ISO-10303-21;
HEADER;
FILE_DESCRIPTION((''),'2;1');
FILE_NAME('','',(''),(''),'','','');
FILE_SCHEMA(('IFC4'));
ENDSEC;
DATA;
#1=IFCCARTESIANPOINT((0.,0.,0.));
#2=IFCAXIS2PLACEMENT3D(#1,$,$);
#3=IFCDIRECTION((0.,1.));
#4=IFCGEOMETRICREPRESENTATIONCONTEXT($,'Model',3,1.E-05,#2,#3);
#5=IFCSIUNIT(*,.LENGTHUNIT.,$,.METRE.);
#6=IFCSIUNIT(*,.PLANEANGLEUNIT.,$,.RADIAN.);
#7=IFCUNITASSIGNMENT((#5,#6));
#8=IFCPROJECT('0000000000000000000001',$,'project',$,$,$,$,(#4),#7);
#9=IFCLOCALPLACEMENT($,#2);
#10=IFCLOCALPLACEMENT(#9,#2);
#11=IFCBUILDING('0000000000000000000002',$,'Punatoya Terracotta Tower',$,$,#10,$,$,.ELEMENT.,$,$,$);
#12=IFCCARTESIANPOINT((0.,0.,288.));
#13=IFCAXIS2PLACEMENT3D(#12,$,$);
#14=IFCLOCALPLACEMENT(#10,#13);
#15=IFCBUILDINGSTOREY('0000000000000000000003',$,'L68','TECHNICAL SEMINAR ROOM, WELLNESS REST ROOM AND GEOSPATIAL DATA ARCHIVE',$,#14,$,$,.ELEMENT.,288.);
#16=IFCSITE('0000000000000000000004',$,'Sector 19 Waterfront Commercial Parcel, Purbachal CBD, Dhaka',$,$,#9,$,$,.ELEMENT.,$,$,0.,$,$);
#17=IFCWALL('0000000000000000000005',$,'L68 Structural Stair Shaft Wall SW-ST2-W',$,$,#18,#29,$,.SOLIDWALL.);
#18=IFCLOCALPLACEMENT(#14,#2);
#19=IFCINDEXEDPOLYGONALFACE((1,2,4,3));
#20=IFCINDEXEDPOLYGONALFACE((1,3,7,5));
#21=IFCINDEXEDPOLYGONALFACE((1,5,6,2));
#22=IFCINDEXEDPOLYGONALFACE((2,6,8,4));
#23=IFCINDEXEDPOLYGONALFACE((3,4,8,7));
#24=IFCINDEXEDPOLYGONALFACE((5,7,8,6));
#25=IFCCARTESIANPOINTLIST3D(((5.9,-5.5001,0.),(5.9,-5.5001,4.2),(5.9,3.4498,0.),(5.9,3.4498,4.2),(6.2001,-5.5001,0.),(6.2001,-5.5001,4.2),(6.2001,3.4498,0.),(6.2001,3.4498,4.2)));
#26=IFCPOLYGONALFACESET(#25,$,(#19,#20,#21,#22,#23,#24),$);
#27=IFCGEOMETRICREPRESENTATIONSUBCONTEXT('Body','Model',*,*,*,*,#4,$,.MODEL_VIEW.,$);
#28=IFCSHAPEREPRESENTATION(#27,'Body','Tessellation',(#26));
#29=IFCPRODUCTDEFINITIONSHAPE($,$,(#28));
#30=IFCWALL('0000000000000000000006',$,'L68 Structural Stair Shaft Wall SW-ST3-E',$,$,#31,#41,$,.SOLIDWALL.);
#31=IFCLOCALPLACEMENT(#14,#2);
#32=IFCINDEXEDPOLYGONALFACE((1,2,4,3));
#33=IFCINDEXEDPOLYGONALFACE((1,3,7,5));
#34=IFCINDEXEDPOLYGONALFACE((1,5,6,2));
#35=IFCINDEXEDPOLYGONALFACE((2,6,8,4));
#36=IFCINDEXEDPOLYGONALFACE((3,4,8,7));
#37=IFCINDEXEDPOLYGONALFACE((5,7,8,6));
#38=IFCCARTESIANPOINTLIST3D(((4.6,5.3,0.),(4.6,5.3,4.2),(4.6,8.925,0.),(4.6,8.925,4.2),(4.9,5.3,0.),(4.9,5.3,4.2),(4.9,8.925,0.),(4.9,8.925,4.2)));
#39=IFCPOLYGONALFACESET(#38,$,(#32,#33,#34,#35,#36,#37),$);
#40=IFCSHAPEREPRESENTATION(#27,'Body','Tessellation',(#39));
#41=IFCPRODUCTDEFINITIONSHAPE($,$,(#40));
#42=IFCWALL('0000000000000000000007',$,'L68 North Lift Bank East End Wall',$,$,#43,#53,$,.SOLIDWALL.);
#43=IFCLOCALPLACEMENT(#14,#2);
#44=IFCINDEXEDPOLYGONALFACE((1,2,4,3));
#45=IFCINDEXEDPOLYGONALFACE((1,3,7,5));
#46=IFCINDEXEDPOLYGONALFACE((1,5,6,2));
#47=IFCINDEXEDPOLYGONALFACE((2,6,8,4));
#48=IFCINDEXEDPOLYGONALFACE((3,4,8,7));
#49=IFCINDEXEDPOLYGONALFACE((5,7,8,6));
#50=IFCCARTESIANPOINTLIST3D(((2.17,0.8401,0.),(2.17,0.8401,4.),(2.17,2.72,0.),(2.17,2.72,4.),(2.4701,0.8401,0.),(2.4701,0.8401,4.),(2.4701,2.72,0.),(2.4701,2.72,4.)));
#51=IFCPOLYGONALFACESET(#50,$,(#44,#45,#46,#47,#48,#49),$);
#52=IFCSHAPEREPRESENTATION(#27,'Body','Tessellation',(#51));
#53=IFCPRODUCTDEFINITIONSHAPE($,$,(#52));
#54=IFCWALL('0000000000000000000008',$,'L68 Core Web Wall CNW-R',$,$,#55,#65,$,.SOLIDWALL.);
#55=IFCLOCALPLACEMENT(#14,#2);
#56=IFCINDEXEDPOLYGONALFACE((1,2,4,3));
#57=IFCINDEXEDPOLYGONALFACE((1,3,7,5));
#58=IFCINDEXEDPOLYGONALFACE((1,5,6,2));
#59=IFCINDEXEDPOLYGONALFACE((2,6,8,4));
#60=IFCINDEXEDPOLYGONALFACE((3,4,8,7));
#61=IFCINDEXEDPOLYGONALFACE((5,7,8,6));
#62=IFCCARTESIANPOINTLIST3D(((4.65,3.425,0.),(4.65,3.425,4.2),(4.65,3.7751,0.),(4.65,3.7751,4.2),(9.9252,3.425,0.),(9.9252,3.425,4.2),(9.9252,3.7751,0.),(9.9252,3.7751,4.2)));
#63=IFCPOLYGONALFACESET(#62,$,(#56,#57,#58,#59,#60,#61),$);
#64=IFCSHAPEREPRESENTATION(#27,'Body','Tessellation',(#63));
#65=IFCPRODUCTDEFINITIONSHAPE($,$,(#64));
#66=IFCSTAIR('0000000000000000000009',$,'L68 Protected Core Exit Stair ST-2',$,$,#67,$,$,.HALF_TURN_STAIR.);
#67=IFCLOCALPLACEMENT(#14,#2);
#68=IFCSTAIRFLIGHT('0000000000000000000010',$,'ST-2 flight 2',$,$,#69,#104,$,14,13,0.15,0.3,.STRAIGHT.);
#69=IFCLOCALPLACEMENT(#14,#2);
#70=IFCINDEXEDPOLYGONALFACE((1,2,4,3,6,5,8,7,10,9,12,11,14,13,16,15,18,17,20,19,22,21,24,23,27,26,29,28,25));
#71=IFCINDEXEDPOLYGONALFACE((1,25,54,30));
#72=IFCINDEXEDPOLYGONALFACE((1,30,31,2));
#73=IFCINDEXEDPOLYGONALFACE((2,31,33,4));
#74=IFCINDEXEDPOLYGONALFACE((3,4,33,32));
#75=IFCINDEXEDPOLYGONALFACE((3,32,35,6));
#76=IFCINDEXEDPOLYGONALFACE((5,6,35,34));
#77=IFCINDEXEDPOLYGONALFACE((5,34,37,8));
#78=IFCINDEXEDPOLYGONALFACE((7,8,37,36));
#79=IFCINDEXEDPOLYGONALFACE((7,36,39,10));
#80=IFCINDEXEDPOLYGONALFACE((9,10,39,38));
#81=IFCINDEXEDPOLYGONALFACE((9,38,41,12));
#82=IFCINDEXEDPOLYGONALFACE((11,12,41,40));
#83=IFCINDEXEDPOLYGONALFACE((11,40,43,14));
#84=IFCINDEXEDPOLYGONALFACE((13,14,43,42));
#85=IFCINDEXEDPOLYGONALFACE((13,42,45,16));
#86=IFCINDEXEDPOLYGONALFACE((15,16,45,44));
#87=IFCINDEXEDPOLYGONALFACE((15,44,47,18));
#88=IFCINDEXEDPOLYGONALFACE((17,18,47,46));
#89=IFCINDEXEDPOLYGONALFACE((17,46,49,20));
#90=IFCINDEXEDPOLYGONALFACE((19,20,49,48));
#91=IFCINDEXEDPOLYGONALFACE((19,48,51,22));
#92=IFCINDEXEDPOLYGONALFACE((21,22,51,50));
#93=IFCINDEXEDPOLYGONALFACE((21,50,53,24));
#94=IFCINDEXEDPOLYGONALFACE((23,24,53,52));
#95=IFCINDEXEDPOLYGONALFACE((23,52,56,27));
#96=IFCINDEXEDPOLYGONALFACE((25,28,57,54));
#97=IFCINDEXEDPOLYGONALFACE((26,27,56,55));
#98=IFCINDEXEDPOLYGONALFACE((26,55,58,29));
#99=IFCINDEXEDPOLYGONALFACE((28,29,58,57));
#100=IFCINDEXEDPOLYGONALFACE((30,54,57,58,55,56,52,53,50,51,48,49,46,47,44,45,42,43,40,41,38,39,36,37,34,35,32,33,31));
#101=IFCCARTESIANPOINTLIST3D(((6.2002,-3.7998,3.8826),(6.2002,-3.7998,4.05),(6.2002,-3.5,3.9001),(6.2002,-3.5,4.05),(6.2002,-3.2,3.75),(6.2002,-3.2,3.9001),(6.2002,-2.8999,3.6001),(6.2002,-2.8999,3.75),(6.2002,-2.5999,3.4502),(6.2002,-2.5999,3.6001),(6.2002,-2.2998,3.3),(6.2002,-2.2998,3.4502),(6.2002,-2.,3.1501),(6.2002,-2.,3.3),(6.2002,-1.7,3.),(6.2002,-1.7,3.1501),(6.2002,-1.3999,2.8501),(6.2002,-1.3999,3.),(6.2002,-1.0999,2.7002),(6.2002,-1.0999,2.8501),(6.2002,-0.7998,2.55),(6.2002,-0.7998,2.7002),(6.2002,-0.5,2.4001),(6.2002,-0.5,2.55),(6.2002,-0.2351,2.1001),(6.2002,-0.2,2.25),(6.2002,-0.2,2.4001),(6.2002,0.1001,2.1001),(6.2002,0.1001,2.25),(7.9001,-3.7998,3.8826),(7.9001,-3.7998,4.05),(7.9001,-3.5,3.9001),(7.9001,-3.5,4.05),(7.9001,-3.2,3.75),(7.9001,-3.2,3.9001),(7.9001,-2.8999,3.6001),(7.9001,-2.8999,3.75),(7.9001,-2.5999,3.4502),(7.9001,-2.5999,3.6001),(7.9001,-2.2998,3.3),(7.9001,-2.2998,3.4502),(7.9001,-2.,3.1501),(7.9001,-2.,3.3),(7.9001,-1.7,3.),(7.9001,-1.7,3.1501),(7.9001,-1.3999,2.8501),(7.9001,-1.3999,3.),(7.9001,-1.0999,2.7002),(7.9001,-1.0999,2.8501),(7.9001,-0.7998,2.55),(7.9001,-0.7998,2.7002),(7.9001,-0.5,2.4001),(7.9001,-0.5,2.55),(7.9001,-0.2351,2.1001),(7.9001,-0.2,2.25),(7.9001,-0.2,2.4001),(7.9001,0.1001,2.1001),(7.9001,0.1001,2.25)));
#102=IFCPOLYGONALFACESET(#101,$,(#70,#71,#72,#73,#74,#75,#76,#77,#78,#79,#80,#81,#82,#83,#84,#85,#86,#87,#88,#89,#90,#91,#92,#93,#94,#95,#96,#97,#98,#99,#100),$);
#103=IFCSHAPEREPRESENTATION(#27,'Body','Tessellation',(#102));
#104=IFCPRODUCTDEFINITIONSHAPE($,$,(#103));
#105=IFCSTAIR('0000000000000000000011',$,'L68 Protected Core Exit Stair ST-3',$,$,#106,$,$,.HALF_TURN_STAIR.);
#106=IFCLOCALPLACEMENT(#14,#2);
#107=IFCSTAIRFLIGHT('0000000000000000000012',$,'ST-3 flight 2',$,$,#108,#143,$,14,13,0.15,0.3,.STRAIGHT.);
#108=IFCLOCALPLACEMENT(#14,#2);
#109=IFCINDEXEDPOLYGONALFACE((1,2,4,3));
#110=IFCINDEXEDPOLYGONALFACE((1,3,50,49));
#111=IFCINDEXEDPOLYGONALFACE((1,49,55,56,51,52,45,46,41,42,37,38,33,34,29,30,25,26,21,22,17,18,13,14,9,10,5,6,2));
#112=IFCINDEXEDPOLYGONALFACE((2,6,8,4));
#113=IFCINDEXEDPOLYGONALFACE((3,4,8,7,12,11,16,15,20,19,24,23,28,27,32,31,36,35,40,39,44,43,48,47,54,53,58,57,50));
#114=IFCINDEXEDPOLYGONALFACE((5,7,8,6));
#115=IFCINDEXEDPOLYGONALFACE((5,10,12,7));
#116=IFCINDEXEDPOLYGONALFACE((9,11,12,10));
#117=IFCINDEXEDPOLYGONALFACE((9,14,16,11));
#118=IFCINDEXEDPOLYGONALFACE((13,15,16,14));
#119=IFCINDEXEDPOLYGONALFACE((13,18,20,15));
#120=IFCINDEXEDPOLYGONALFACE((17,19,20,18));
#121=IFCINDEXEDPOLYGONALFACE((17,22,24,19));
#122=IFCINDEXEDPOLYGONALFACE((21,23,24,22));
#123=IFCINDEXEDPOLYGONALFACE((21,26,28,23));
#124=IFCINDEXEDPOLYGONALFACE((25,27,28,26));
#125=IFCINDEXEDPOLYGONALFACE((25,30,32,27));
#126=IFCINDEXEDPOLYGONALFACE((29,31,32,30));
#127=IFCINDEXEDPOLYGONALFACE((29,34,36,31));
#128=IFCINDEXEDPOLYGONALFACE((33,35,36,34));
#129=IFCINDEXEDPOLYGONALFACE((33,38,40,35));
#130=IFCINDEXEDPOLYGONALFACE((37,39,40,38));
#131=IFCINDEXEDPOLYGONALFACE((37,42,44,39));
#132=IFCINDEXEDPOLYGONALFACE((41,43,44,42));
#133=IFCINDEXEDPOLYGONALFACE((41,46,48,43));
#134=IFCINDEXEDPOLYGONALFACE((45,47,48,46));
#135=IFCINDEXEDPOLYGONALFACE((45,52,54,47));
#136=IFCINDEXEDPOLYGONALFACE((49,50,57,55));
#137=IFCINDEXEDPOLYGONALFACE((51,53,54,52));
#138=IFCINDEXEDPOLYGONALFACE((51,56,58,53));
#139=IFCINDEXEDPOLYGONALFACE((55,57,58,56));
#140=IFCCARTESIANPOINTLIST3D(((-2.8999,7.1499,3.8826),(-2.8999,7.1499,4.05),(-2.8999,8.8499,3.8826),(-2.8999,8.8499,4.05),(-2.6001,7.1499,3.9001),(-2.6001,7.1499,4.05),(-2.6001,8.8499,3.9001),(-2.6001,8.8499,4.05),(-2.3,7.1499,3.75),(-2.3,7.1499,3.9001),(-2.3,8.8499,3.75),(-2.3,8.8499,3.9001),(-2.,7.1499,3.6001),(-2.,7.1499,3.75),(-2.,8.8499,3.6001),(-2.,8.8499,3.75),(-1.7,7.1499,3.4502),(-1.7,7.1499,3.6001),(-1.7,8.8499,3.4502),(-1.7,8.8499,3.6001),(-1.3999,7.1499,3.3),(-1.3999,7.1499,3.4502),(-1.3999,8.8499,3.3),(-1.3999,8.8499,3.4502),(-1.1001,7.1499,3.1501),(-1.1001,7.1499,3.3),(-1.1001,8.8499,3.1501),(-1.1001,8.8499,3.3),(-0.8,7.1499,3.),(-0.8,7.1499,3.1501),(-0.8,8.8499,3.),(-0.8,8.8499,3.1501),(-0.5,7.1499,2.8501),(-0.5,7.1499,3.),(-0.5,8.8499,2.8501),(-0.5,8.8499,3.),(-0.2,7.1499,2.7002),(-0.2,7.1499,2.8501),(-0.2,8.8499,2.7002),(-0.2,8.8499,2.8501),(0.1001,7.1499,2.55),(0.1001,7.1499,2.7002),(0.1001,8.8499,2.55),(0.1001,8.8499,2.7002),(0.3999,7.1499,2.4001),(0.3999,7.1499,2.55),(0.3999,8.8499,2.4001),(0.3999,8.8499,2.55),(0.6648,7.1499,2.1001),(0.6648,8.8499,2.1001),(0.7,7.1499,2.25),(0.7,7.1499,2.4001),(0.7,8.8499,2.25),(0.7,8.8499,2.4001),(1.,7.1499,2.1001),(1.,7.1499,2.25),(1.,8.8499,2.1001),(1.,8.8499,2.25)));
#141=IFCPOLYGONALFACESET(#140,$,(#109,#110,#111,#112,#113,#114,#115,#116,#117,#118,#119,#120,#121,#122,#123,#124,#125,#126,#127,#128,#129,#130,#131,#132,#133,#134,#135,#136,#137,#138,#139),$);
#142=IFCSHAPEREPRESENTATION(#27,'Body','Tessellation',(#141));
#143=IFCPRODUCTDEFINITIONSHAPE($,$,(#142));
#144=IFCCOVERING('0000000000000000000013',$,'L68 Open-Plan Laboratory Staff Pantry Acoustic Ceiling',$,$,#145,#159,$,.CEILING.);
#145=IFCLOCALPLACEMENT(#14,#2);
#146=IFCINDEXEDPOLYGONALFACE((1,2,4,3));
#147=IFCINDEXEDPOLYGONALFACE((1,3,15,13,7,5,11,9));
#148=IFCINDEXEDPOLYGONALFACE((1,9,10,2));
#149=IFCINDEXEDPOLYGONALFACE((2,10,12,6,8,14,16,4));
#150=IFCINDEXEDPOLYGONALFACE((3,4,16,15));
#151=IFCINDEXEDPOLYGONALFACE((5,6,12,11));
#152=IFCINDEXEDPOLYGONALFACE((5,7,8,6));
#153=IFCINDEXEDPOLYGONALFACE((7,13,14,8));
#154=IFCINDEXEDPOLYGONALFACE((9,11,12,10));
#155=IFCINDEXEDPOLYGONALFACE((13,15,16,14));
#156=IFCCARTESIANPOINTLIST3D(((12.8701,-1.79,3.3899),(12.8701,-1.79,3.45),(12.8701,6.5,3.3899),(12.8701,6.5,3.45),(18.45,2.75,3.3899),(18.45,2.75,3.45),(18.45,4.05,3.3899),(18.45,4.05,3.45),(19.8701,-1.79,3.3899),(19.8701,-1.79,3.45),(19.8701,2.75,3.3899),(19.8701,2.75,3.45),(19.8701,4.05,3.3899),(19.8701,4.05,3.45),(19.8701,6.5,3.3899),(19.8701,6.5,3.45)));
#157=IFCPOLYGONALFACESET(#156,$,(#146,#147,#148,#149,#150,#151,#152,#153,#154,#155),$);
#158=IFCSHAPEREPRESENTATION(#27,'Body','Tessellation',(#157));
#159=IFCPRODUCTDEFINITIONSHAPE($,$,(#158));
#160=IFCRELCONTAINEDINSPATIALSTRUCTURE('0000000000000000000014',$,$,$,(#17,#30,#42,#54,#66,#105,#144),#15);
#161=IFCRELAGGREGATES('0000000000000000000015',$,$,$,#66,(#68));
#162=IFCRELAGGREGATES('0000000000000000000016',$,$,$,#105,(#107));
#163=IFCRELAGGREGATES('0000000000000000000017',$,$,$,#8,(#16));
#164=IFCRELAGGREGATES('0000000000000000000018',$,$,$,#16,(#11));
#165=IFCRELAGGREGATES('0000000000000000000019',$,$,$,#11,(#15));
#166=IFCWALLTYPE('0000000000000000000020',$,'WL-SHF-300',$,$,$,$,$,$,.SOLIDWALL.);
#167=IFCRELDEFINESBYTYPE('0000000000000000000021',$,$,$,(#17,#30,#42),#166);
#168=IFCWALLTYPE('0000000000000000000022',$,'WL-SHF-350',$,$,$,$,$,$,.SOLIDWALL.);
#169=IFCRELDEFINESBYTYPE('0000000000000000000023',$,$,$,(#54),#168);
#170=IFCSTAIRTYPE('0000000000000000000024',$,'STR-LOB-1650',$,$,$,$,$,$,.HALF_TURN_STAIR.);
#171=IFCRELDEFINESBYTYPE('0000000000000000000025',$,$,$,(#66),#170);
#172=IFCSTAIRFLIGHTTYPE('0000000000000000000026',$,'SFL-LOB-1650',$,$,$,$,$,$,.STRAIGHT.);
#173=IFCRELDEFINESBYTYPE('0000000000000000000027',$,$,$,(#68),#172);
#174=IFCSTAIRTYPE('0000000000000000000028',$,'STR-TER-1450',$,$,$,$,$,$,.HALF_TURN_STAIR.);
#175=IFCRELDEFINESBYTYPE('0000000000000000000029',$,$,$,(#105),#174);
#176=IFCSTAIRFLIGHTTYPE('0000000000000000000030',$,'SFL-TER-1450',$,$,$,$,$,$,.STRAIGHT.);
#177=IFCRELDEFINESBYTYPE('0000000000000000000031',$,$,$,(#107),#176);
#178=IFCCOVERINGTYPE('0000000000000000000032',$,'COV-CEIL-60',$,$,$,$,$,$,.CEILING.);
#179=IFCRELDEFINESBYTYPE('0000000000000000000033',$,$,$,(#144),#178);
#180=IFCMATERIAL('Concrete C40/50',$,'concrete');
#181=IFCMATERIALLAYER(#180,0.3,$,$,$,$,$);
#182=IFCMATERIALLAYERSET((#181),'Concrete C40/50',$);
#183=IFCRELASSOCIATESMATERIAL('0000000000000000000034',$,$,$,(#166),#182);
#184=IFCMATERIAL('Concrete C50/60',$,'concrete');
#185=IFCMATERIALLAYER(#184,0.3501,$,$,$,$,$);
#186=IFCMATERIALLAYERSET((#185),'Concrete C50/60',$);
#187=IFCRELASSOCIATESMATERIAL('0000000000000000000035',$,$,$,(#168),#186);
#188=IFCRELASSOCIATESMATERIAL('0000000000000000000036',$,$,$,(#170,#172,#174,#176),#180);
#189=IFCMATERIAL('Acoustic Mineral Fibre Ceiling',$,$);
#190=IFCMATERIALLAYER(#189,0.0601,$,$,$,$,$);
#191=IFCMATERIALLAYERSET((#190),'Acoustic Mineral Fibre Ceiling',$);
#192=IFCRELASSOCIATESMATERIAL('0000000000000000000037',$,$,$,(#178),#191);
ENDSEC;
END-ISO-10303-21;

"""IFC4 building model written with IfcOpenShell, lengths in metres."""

from ifc_helpers import new_model, si_unit, direction, frame, frame_2d, origin, place, context, subcontext, project, spatial, polyline, rectangle, outline, extrude, material, layer, layer_set, type_object, element, aggregate, save


model = new_model("IFC4")

# Units and contexts
model_context = context("Model", 3, precision=1e-05, world=origin(), true_north=direction((0.0, 1.0)))
body_context = subcontext(model_context, "Body", "Model", "MODEL_VIEW")
ifc_project = project(units=[si_unit("LENGTHUNIT", "METRE"), si_unit("PLANEANGLEUNIT", "RADIAN")], contexts=[model_context])

# Site, building, storey
site_placement = place(None, origin())
site = spatial("IfcSite", under=ifc_project, at=site_placement, Name="Sector 19 Waterfront Commercial Parcel, Purbachal CBD, Dhaka", CompositionType="ELEMENT", RefElevation=0.0)
building_placement = place(site_placement, origin())
building = spatial("IfcBuilding", under=site, at=building_placement, Name="Punatoya Terracotta Tower", CompositionType="ELEMENT")
storey_placement = place(building_placement, frame((0.0, 0.0, 288.0)))
storey = spatial("IfcBuildingStorey", under=building, at=storey_placement, Name="L68", Description="TECHNICAL SEMINAR ROOM, WELLNESS REST ROOM AND GEOSPATIAL DATA ARCHIVE", CompositionType="ELEMENT", Elevation=288.0)

# Shared definitions
ifc_material_1 = material(Name="Concrete C40/50", Category="concrete")

# Walls
ifc_layer_1 = layer(ifc_material_1, 0.3)
ifc_layer_set_1 = layer_set([ifc_layer_1], Name="Concrete C40/50")
wall_type_1 = type_object("IfcWallType", Name="WL-SHF-300", PredefinedType="SOLIDWALL", material=ifc_layer_set_1)
wall_1_placement = place(storey_placement, frame((6.05, 3.45, 0.0), z_axis=(0.0, 0.0, 1.0), x_axis=(0.0, -1.0, 0.0)))
element("IfcWall", 1, at=wall_1_placement, inside=storey, type_object=wall_type_1, Name="L68 Structural Stair Shaft Wall SW-ST2-W", PredefinedType="SOLIDWALL", context=body_context, shape_type="SweptSolid", body=[
    extrude(rectangle(XDim=8.95, YDim=0.3, at=frame_2d((4.4751, 0.0))), origin(), (0.0, 0.0, 1.0), 4.2),
])
wall_2_placement = place(storey_placement, frame((4.75, 8.925, 0.0), z_axis=(0.0, 0.0, 1.0), x_axis=(0.0, -1.0, 0.0)))
element("IfcWall", 2, at=wall_2_placement, inside=storey, type_object=wall_type_1, Name="L68 Structural Stair Shaft Wall SW-ST3-E", PredefinedType="SOLIDWALL", context=body_context, shape_type="SweptSolid", body=[
    extrude(rectangle(XDim=3.625, YDim=0.3, at=frame_2d((1.8125, 0.0))), origin(), (0.0, 0.0, 1.0), 4.2),
])
wall_3_placement = place(storey_placement, frame((2.3201, 0.8401, 0.0), z_axis=(0.0, 0.0, 1.0), x_axis=(0.0, 1.0, 0.0)))
element("IfcWall", 3, at=wall_3_placement, inside=storey, type_object=wall_type_1, Name="L68 North Lift Bank East End Wall", PredefinedType="SOLIDWALL", context=body_context, shape_type="SweptSolid", body=[
    extrude(rectangle(XDim=1.8799, YDim=0.3, at=frame_2d((0.9399, 0.0))), origin(), (0.0, 0.0, 1.0), 4.0),
])
ifc_material_2 = material(Name="Concrete C50/60", Category="concrete")
ifc_layer_2 = layer(ifc_material_2, 0.3501)
ifc_layer_set_2 = layer_set([ifc_layer_2], Name="Concrete C50/60")
wall_type_2 = type_object("IfcWallType", Name="WL-SHF-350", PredefinedType="SOLIDWALL", material=ifc_layer_set_2)
wall_4_placement = place(storey_placement, frame((4.6499, 3.6001, 0.0), z_axis=(0.0, 0.0, 1.0), x_axis=(1.0, 0.0, 0.0)))
element("IfcWall", 4, at=wall_4_placement, inside=storey, type_object=wall_type_2, Name="L68 Core Web Wall CNW-R", PredefinedType="SOLIDWALL", context=body_context, shape_type="SweptSolid", body=[
    extrude(rectangle(XDim=5.2751, YDim=0.3501, at=frame_2d((2.6377, 0.0))), origin(), (0.0, 0.0, 1.0), 4.2),
])

# Stairs, stair flights
stair_type_1 = type_object("IfcStairType", Name="STR-LOB-1650", PredefinedType="HALF_TURN_STAIR", material=ifc_material_1)
stair_1_placement = place(storey_placement, origin())
stair_1 = element("IfcStair", 5, at=stair_1_placement, inside=storey, type_object=stair_type_1, Name="L68 Protected Core Exit Stair ST-2", PredefinedType="HALF_TURN_STAIR")
stair_flight_type_1 = type_object("IfcStairFlightType", Name="SFL-LOB-1650", PredefinedType="STRAIGHT", material=ifc_material_1)
stair_flight_1_placement = place(storey_placement, frame((7.05, 0.1001, 2.1001), z_axis=(0.0, 0.0, 1.0), x_axis=(0.0, -1.0, 0.0)))
stair_flight_1 = element("IfcStairFlight", 6, at=stair_flight_1_placement, type_object=stair_flight_type_1, Name="ST-2 flight 2", NumberOfRisers=14, NumberOfTreads=13, PredefinedType="STRAIGHT", RiserHeight=0.15, TreadLength=0.3, context=body_context, shape_type="SweptSolid", body=[
    extrude(outline(polyline([(0.0, 0.0), (0.0, 0.1499), (0.3, 0.1499), (0.3, 0.3), (0.6001, 0.3), (0.6001, 0.45), (0.8999, 0.45), (0.8999, 0.6001), (1.2, 0.6001), (1.2, 0.75), (1.5, 0.75), (1.5, 0.8999), (1.8, 0.8999), (1.8, 1.05), (2.1001, 1.05), (2.1001, 1.2), (2.3999, 1.2), (2.3999, 1.3501), (2.7, 1.3501), (2.7, 1.5), (3.0, 1.5), (3.0, 1.6499), (3.3, 1.6499), (3.3, 1.8), (3.6001, 1.8), (3.6001, 1.95), (3.8999, 1.95), (3.8999, 2.1001), (3.8999, 1.7825), (0.3352, 0.0), (0.0, 0.0)])), frame((0.0, 0.8501, 0.0), z_axis=(0.0, -1.0, 0.0), x_axis=(1.0, 0.0, 0.0)), (0.0, 0.0, 1.0), 1.7),
])
aggregate(stair_1, [stair_flight_1])
stair_type_2 = type_object("IfcStairType", Name="STR-TER-1450", PredefinedType="HALF_TURN_STAIR", material=ifc_material_1)
stair_2_placement = place(storey_placement, origin())
stair_2 = element("IfcStair", 7, at=stair_2_placement, inside=storey, type_object=stair_type_2, Name="L68 Protected Core Exit Stair ST-3", PredefinedType="HALF_TURN_STAIR")
stair_flight_type_2 = type_object("IfcStairFlightType", Name="SFL-TER-1450", PredefinedType="STRAIGHT", material=ifc_material_1)
stair_flight_2_placement = place(storey_placement, frame((1.0, 8.0, 2.1001), z_axis=(0.0, 0.0, 1.0), x_axis=(-1.0, 0.0, 0.0)))
stair_flight_2 = element("IfcStairFlight", 8, at=stair_flight_2_placement, type_object=stair_flight_type_2, Name="ST-3 flight 2", NumberOfRisers=14, NumberOfTreads=13, PredefinedType="STRAIGHT", RiserHeight=0.15, TreadLength=0.3, context=body_context, shape_type="SweptSolid", body=[
    extrude(outline(polyline([(0.0, 0.0), (0.0, 0.1499), (0.3, 0.1499), (0.3, 0.3), (0.6001, 0.3), (0.6001, 0.45), (0.8999, 0.45), (0.8999, 0.6001), (1.2, 0.6001), (1.2, 0.75), (1.5, 0.75), (1.5, 0.8999), (1.8, 0.8999), (1.8, 1.05), (2.1001, 1.05), (2.1001, 1.2), (2.3999, 1.2), (2.3999, 1.3501), (2.7, 1.3501), (2.7, 1.5), (3.0, 1.5), (3.0, 1.6499), (3.3, 1.6499), (3.3, 1.8), (3.6001, 1.8), (3.6001, 1.95), (3.8999, 1.95), (3.8999, 2.1001), (3.8999, 1.7825), (0.3352, 0.0), (0.0, 0.0)])), frame((0.0, 0.8501, 0.0), z_axis=(0.0, -1.0, 0.0), x_axis=(1.0, 0.0, 0.0)), (0.0, 0.0, 1.0), 1.7),
])
aggregate(stair_2, [stair_flight_2])

# Covering
ifc_material_3 = material(Name="Acoustic Mineral Fibre Ceiling")
ifc_layer_3 = layer(ifc_material_3, 0.0601)
ifc_layer_set_3 = layer_set([ifc_layer_3], Name="Acoustic Mineral Fibre Ceiling")
covering_type = type_object("IfcCoveringType", Name="COV-CEIL-60", PredefinedType="CEILING", material=ifc_layer_set_3)
covering_1_placement = place(storey_placement, frame((0.0, 0.0, 3.3899)))
element("IfcCovering", 9, at=covering_1_placement, inside=storey, type_object=covering_type, Name="L68 Open-Plan Laboratory Staff Pantry Acoustic Ceiling", PredefinedType="CEILING", context=body_context, shape_type="SweptSolid", body=[
    extrude(outline(polyline([(12.8701, 6.5), (12.8701, -1.79), (19.8701, -1.79), (19.8701, 2.75), (18.45, 2.75), (18.45, 4.05), (19.8701, 4.05), (19.8701, 6.5), (12.8701, 6.5)])), origin(), (0.0, 0.0, 1.0), 0.0601),
])

save(model, "model.ifc")
